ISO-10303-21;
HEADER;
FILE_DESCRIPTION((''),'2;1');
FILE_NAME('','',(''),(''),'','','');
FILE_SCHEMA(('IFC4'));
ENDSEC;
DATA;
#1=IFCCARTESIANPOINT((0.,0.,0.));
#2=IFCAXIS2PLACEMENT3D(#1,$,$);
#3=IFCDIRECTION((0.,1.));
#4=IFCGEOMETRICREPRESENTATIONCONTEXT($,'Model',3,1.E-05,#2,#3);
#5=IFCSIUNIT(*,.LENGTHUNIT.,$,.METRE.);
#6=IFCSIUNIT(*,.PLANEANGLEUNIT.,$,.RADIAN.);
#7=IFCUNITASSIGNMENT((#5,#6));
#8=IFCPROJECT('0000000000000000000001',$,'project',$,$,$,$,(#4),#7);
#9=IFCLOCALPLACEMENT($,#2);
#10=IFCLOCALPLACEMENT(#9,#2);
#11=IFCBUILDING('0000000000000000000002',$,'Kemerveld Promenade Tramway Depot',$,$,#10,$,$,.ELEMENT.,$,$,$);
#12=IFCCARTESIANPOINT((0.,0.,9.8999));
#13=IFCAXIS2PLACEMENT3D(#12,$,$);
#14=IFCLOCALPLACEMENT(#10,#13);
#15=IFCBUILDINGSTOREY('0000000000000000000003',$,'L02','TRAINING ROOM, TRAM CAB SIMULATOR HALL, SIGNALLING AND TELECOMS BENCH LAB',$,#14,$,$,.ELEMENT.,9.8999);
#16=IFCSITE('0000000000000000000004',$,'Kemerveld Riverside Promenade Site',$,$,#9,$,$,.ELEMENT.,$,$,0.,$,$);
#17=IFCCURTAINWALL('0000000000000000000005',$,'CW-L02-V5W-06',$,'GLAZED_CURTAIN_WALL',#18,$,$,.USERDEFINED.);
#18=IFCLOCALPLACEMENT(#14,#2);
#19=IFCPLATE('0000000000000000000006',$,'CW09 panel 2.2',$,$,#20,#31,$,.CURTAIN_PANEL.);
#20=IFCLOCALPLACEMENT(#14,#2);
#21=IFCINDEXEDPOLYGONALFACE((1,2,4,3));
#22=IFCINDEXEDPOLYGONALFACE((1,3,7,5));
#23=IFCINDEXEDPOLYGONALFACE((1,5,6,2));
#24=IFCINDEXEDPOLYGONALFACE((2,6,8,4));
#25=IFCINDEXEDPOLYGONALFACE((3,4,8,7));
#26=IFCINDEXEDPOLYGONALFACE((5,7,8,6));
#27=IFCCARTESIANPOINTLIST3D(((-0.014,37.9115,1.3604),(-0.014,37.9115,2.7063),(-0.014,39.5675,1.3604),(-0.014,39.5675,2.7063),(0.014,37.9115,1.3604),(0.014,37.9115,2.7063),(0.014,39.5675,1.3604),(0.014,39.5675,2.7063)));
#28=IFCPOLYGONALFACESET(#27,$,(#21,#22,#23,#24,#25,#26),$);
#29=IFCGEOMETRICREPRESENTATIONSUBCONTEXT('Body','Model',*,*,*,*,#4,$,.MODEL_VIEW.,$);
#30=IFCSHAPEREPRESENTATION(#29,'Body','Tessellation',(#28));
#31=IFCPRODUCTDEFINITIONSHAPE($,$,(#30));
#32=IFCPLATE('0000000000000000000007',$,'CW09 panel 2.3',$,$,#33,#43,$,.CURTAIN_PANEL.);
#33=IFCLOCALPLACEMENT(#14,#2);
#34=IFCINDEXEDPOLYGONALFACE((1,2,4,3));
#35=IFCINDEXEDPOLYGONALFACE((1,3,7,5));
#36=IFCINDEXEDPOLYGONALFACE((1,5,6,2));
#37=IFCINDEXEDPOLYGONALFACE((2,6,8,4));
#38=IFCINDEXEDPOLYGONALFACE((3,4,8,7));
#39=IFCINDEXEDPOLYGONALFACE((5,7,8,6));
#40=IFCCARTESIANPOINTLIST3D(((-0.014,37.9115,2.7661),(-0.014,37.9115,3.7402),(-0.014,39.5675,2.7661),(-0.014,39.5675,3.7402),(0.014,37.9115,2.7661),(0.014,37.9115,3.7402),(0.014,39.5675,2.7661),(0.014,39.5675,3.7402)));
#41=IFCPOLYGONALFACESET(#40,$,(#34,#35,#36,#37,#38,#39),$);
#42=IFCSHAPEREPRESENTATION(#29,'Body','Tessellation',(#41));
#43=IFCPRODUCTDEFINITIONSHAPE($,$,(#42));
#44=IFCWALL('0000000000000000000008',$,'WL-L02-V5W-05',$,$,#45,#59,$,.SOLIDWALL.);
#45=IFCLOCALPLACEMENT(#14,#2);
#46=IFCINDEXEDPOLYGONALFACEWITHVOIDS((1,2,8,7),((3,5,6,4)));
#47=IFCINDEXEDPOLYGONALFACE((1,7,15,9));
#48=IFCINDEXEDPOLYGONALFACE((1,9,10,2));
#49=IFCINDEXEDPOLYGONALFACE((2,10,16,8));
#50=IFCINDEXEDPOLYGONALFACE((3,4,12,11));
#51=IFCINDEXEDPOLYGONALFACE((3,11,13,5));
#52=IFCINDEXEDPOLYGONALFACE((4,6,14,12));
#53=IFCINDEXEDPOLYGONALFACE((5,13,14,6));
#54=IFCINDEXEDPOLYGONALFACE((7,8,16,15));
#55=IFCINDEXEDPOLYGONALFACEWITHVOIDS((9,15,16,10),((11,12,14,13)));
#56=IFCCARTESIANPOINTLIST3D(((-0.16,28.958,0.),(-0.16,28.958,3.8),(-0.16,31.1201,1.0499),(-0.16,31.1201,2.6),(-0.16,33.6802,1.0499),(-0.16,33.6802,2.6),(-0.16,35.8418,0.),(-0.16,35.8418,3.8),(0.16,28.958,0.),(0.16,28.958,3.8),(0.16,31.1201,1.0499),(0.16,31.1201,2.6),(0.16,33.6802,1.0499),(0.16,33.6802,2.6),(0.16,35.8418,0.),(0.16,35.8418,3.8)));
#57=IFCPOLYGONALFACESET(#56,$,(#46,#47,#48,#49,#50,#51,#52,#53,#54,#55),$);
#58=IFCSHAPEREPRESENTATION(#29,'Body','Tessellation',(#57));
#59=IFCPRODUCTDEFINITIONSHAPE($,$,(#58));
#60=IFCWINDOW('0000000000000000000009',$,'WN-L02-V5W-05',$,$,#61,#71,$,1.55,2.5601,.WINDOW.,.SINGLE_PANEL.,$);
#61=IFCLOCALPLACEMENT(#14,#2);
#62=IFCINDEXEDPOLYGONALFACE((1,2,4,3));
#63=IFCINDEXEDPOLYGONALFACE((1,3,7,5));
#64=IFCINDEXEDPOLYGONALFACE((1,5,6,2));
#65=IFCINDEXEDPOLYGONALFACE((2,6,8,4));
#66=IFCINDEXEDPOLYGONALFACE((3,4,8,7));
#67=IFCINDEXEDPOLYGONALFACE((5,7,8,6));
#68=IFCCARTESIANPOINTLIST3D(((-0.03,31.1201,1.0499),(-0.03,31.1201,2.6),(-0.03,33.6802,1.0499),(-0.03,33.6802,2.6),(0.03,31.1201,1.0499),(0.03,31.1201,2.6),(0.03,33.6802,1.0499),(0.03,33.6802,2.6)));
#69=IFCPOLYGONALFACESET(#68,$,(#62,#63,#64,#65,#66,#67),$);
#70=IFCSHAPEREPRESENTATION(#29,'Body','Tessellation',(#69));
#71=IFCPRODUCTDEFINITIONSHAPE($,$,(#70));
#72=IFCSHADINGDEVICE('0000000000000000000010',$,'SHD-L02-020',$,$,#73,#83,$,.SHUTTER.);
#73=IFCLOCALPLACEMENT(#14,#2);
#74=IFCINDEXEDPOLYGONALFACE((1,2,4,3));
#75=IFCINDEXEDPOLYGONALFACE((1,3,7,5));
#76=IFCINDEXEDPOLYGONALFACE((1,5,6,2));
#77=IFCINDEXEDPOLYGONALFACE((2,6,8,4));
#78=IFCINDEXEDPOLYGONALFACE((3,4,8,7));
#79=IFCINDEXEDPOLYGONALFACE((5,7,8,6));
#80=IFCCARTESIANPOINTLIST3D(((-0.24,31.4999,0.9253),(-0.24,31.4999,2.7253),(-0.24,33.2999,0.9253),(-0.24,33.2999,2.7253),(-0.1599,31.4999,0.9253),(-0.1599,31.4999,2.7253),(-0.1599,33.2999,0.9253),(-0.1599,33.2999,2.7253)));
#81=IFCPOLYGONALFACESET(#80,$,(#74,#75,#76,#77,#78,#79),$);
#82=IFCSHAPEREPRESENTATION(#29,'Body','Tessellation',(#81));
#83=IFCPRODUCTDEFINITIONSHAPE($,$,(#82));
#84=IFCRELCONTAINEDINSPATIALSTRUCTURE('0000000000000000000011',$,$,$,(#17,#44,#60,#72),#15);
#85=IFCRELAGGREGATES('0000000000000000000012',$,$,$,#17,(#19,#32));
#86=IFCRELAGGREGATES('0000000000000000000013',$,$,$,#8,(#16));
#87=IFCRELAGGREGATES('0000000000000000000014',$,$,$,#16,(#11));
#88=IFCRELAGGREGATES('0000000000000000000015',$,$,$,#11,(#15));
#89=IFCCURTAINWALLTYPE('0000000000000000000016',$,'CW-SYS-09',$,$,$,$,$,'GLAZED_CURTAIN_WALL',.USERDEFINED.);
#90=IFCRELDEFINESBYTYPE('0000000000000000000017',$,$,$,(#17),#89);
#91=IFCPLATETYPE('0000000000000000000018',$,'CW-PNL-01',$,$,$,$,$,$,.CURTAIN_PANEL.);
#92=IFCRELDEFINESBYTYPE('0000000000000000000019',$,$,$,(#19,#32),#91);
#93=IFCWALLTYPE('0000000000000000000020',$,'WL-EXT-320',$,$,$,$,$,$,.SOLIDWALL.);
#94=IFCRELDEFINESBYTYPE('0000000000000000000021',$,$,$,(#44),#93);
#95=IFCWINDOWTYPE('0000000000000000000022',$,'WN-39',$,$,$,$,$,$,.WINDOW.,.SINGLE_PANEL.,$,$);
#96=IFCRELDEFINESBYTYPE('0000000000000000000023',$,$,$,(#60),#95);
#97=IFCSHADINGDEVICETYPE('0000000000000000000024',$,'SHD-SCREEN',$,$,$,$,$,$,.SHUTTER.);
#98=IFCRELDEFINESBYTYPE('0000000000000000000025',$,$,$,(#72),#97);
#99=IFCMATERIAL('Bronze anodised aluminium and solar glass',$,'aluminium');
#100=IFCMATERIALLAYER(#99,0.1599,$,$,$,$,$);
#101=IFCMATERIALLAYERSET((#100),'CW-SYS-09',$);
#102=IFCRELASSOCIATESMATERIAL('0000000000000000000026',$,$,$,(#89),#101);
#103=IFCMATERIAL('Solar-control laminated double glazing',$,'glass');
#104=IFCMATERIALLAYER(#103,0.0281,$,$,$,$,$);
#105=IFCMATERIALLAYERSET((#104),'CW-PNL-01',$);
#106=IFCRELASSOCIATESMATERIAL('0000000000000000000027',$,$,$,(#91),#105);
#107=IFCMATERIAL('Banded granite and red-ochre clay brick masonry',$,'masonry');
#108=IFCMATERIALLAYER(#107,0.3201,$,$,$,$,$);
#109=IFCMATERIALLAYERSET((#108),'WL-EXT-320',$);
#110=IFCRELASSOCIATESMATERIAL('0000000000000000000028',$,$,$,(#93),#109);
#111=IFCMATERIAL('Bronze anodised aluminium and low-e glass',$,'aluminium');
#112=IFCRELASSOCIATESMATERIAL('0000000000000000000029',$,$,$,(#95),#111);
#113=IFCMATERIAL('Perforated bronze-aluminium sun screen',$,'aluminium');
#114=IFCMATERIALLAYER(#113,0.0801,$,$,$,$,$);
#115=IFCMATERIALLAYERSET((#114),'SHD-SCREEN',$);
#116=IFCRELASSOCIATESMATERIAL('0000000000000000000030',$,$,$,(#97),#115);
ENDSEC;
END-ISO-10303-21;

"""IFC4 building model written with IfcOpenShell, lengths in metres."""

from ifc_helpers import new_model, si_unit, direction, frame, frame_2d, origin, origin_2d, place, context, subcontext, project, spatial, rectangle, extrude, material, layer, layer_set, type_object, element, fill, aggregate, save


model = new_model("IFC4")

# Units and contexts
model_context = context("Model", 3, precision=1e-05, world=origin(), true_north=direction((0.0, 1.0)))
body_context = subcontext(model_context, "Body", "Model", "MODEL_VIEW")
ifc_project = project(units=[si_unit("LENGTHUNIT", "METRE"), si_unit("PLANEANGLEUNIT", "RADIAN")], contexts=[model_context])

# Site, building, storey
site_placement = place(None, origin())
site = spatial("IfcSite", under=ifc_project, at=site_placement, Name="Kemerveld Riverside Promenade Site", CompositionType="ELEMENT", RefElevation=0.0)
building_placement = place(site_placement, origin())
building = spatial("IfcBuilding", under=site, at=building_placement, Name="Kemerveld Promenade Tramway Depot", CompositionType="ELEMENT")
storey_placement = place(building_placement, frame((0.0, 0.0, 9.8999)))
storey = spatial("IfcBuildingStorey", under=building, at=storey_placement, Name="L02", Description="TRAINING ROOM, TRAM CAB SIMULATOR HALL, SIGNALLING AND TELECOMS BENCH LAB", CompositionType="ELEMENT", Elevation=9.8999)

# Curtain wall, plates
ifc_material_1 = material(Name="Bronze anodised aluminium and solar glass", Category="aluminium")
ifc_layer_1 = layer(ifc_material_1, 0.1599)
ifc_layer_set_1 = layer_set([ifc_layer_1], Name="CW-SYS-09")
curtain_wall_type = type_object("IfcCurtainWallType", Name="CW-SYS-09", ElementType="GLAZED_CURTAIN_WALL", PredefinedType="USERDEFINED", material=ifc_layer_set_1)
curtain_wall_placement = place(storey_placement, origin())
curtain_wall = element("IfcCurtainWall", 1, at=curtain_wall_placement, inside=storey, type_object=curtain_wall_type, Name="CW-L02-V5W-06", ObjectType="GLAZED_CURTAIN_WALL", PredefinedType="USERDEFINED")
ifc_material_2 = material(Name="Solar-control laminated double glazing", Category="glass")
ifc_layer_2 = layer(ifc_material_2, 0.0281)
ifc_layer_set_2 = layer_set([ifc_layer_2], Name="CW-PNL-01")
plate_type = type_object("IfcPlateType", Name="CW-PNL-01", PredefinedType="CURTAIN_PANEL", material=ifc_layer_set_2)
plate_1_placement = place(storey_placement, frame((0.0, 38.7395, 1.3604), z_axis=(0.0, 0.0, 1.0), x_axis=(0.0, 1.0, 0.0)))
plate_1 = element("IfcPlate", 2, at=plate_1_placement, type_object=plate_type, Name="CW09 panel 2.2", PredefinedType="CURTAIN_PANEL", context=body_context, shape_type="SweptSolid", body=[
    extrude(rectangle(XDim=1.656, YDim=0.0281, at=origin_2d()), origin(), (0.0, 0.0, 1.0), 1.3459),
])
plate_2_placement = place(storey_placement, frame((0.0, 38.7395, 2.7661), z_axis=(0.0, 0.0, 1.0), x_axis=(0.0, 1.0, 0.0)))
plate_2 = element("IfcPlate", 3, at=plate_2_placement, type_object=plate_type, Name="CW09 panel 2.3", PredefinedType="CURTAIN_PANEL", context=body_context, shape_type="SweptSolid", body=[
    extrude(rectangle(XDim=1.656, YDim=0.0281, at=origin_2d()), origin(), (0.0, 0.0, 1.0), 0.9741),
])
aggregate(curtain_wall, [plate_1, plate_2])

# Wall, opening, window
ifc_material_3 = material(Name="Banded granite and red-ochre clay brick masonry", Category="masonry")
ifc_layer_3 = layer(ifc_material_3, 0.3201)
ifc_layer_set_3 = layer_set([ifc_layer_3], Name="WL-EXT-320")
wall_type = type_object("IfcWallType", Name="WL-EXT-320", PredefinedType="SOLIDWALL", material=ifc_layer_set_3)
wall_placement = place(storey_placement, frame((0.0, 28.958, 0.0), z_axis=(0.0, 0.0, 1.0), x_axis=(0.0, 1.0, 0.0)))
wall = element("IfcWall", 4, at=wall_placement, inside=storey, type_object=wall_type, Name="WL-L02-V5W-05", PredefinedType="SOLIDWALL", context=body_context, shape_type="SweptSolid", body=[
    extrude(rectangle(XDim=6.8838, YDim=0.3201, at=frame_2d((3.4419, 0.0))), origin(), (0.0, 0.0, 1.0), 3.8),
])
opening_placement = place(wall_placement, frame((2.1621, 0.0, 1.05)))
opening = element("IfcOpeningElement", 5, at=opening_placement, cuts=wall, PredefinedType="OPENING", context=body_context, shape_type="SweptSolid", body=[
    extrude(rectangle(XDim=2.5601, YDim=1.55, at=frame_2d((1.28, 0.7749))), frame((0.0, 0.1699, 0.0), z_axis=(0.0, -1.0, 0.0), x_axis=(1.0, 0.0, 0.0)), (0.0, 0.0, 1.0), 0.3401),
])
ifc_material_4 = material(Name="Bronze anodised aluminium and low-e glass", Category="aluminium")
window_type = type_object("IfcWindowType", Name="WN-39", PartitioningType="SINGLE_PANEL", PredefinedType="WINDOW", material=ifc_material_4)
window_placement = place(opening_placement, origin())
window = element("IfcWindow", 6, at=window_placement, inside=storey, type_object=window_type, Name="WN-L02-V5W-05", OverallHeight=1.55, OverallWidth=2.5601, PartitioningType="SINGLE_PANEL", PredefinedType="WINDOW", context=body_context, shape_type="SweptSolid", body=[
    extrude(rectangle(XDim=2.5601, YDim=1.55, at=frame_2d((1.28, 0.7749))), frame((0.0, 0.03, 0.0), z_axis=(0.0, -1.0, 0.0), x_axis=(1.0, 0.0, 0.0)), (0.0, 0.0, 1.0), 0.0601),
])
fill(opening, window)

# Shading device
ifc_material_5 = material(Name="Perforated bronze-aluminium sun screen", Category="aluminium")
ifc_layer_4 = layer(ifc_material_5, 0.0801)
ifc_layer_set_4 = layer_set([ifc_layer_4], Name="SHD-SCREEN")
shading_device_type = type_object("IfcShadingDeviceType", Name="SHD-SCREEN", PredefinedType="SHUTTER", material=ifc_layer_set_4)
shading_device_placement = place(storey_placement, frame((-0.2, 32.3999, 0.9253), z_axis=(0.0, 0.0, 1.0), x_axis=(1.0, 0.0, 0.0)))
element("IfcShadingDevice", 7, at=shading_device_placement, inside=storey, type_object=shading_device_type, Name="SHD-L02-020", PredefinedType="SHUTTER", context=body_context, shape_type="SweptSolid", body=[
    extrude(rectangle(XDim=0.0801, YDim=1.8, at=origin_2d()), origin(), (0.0, 0.0, 1.0), 1.8),
])

save(model, "model.ifc")
